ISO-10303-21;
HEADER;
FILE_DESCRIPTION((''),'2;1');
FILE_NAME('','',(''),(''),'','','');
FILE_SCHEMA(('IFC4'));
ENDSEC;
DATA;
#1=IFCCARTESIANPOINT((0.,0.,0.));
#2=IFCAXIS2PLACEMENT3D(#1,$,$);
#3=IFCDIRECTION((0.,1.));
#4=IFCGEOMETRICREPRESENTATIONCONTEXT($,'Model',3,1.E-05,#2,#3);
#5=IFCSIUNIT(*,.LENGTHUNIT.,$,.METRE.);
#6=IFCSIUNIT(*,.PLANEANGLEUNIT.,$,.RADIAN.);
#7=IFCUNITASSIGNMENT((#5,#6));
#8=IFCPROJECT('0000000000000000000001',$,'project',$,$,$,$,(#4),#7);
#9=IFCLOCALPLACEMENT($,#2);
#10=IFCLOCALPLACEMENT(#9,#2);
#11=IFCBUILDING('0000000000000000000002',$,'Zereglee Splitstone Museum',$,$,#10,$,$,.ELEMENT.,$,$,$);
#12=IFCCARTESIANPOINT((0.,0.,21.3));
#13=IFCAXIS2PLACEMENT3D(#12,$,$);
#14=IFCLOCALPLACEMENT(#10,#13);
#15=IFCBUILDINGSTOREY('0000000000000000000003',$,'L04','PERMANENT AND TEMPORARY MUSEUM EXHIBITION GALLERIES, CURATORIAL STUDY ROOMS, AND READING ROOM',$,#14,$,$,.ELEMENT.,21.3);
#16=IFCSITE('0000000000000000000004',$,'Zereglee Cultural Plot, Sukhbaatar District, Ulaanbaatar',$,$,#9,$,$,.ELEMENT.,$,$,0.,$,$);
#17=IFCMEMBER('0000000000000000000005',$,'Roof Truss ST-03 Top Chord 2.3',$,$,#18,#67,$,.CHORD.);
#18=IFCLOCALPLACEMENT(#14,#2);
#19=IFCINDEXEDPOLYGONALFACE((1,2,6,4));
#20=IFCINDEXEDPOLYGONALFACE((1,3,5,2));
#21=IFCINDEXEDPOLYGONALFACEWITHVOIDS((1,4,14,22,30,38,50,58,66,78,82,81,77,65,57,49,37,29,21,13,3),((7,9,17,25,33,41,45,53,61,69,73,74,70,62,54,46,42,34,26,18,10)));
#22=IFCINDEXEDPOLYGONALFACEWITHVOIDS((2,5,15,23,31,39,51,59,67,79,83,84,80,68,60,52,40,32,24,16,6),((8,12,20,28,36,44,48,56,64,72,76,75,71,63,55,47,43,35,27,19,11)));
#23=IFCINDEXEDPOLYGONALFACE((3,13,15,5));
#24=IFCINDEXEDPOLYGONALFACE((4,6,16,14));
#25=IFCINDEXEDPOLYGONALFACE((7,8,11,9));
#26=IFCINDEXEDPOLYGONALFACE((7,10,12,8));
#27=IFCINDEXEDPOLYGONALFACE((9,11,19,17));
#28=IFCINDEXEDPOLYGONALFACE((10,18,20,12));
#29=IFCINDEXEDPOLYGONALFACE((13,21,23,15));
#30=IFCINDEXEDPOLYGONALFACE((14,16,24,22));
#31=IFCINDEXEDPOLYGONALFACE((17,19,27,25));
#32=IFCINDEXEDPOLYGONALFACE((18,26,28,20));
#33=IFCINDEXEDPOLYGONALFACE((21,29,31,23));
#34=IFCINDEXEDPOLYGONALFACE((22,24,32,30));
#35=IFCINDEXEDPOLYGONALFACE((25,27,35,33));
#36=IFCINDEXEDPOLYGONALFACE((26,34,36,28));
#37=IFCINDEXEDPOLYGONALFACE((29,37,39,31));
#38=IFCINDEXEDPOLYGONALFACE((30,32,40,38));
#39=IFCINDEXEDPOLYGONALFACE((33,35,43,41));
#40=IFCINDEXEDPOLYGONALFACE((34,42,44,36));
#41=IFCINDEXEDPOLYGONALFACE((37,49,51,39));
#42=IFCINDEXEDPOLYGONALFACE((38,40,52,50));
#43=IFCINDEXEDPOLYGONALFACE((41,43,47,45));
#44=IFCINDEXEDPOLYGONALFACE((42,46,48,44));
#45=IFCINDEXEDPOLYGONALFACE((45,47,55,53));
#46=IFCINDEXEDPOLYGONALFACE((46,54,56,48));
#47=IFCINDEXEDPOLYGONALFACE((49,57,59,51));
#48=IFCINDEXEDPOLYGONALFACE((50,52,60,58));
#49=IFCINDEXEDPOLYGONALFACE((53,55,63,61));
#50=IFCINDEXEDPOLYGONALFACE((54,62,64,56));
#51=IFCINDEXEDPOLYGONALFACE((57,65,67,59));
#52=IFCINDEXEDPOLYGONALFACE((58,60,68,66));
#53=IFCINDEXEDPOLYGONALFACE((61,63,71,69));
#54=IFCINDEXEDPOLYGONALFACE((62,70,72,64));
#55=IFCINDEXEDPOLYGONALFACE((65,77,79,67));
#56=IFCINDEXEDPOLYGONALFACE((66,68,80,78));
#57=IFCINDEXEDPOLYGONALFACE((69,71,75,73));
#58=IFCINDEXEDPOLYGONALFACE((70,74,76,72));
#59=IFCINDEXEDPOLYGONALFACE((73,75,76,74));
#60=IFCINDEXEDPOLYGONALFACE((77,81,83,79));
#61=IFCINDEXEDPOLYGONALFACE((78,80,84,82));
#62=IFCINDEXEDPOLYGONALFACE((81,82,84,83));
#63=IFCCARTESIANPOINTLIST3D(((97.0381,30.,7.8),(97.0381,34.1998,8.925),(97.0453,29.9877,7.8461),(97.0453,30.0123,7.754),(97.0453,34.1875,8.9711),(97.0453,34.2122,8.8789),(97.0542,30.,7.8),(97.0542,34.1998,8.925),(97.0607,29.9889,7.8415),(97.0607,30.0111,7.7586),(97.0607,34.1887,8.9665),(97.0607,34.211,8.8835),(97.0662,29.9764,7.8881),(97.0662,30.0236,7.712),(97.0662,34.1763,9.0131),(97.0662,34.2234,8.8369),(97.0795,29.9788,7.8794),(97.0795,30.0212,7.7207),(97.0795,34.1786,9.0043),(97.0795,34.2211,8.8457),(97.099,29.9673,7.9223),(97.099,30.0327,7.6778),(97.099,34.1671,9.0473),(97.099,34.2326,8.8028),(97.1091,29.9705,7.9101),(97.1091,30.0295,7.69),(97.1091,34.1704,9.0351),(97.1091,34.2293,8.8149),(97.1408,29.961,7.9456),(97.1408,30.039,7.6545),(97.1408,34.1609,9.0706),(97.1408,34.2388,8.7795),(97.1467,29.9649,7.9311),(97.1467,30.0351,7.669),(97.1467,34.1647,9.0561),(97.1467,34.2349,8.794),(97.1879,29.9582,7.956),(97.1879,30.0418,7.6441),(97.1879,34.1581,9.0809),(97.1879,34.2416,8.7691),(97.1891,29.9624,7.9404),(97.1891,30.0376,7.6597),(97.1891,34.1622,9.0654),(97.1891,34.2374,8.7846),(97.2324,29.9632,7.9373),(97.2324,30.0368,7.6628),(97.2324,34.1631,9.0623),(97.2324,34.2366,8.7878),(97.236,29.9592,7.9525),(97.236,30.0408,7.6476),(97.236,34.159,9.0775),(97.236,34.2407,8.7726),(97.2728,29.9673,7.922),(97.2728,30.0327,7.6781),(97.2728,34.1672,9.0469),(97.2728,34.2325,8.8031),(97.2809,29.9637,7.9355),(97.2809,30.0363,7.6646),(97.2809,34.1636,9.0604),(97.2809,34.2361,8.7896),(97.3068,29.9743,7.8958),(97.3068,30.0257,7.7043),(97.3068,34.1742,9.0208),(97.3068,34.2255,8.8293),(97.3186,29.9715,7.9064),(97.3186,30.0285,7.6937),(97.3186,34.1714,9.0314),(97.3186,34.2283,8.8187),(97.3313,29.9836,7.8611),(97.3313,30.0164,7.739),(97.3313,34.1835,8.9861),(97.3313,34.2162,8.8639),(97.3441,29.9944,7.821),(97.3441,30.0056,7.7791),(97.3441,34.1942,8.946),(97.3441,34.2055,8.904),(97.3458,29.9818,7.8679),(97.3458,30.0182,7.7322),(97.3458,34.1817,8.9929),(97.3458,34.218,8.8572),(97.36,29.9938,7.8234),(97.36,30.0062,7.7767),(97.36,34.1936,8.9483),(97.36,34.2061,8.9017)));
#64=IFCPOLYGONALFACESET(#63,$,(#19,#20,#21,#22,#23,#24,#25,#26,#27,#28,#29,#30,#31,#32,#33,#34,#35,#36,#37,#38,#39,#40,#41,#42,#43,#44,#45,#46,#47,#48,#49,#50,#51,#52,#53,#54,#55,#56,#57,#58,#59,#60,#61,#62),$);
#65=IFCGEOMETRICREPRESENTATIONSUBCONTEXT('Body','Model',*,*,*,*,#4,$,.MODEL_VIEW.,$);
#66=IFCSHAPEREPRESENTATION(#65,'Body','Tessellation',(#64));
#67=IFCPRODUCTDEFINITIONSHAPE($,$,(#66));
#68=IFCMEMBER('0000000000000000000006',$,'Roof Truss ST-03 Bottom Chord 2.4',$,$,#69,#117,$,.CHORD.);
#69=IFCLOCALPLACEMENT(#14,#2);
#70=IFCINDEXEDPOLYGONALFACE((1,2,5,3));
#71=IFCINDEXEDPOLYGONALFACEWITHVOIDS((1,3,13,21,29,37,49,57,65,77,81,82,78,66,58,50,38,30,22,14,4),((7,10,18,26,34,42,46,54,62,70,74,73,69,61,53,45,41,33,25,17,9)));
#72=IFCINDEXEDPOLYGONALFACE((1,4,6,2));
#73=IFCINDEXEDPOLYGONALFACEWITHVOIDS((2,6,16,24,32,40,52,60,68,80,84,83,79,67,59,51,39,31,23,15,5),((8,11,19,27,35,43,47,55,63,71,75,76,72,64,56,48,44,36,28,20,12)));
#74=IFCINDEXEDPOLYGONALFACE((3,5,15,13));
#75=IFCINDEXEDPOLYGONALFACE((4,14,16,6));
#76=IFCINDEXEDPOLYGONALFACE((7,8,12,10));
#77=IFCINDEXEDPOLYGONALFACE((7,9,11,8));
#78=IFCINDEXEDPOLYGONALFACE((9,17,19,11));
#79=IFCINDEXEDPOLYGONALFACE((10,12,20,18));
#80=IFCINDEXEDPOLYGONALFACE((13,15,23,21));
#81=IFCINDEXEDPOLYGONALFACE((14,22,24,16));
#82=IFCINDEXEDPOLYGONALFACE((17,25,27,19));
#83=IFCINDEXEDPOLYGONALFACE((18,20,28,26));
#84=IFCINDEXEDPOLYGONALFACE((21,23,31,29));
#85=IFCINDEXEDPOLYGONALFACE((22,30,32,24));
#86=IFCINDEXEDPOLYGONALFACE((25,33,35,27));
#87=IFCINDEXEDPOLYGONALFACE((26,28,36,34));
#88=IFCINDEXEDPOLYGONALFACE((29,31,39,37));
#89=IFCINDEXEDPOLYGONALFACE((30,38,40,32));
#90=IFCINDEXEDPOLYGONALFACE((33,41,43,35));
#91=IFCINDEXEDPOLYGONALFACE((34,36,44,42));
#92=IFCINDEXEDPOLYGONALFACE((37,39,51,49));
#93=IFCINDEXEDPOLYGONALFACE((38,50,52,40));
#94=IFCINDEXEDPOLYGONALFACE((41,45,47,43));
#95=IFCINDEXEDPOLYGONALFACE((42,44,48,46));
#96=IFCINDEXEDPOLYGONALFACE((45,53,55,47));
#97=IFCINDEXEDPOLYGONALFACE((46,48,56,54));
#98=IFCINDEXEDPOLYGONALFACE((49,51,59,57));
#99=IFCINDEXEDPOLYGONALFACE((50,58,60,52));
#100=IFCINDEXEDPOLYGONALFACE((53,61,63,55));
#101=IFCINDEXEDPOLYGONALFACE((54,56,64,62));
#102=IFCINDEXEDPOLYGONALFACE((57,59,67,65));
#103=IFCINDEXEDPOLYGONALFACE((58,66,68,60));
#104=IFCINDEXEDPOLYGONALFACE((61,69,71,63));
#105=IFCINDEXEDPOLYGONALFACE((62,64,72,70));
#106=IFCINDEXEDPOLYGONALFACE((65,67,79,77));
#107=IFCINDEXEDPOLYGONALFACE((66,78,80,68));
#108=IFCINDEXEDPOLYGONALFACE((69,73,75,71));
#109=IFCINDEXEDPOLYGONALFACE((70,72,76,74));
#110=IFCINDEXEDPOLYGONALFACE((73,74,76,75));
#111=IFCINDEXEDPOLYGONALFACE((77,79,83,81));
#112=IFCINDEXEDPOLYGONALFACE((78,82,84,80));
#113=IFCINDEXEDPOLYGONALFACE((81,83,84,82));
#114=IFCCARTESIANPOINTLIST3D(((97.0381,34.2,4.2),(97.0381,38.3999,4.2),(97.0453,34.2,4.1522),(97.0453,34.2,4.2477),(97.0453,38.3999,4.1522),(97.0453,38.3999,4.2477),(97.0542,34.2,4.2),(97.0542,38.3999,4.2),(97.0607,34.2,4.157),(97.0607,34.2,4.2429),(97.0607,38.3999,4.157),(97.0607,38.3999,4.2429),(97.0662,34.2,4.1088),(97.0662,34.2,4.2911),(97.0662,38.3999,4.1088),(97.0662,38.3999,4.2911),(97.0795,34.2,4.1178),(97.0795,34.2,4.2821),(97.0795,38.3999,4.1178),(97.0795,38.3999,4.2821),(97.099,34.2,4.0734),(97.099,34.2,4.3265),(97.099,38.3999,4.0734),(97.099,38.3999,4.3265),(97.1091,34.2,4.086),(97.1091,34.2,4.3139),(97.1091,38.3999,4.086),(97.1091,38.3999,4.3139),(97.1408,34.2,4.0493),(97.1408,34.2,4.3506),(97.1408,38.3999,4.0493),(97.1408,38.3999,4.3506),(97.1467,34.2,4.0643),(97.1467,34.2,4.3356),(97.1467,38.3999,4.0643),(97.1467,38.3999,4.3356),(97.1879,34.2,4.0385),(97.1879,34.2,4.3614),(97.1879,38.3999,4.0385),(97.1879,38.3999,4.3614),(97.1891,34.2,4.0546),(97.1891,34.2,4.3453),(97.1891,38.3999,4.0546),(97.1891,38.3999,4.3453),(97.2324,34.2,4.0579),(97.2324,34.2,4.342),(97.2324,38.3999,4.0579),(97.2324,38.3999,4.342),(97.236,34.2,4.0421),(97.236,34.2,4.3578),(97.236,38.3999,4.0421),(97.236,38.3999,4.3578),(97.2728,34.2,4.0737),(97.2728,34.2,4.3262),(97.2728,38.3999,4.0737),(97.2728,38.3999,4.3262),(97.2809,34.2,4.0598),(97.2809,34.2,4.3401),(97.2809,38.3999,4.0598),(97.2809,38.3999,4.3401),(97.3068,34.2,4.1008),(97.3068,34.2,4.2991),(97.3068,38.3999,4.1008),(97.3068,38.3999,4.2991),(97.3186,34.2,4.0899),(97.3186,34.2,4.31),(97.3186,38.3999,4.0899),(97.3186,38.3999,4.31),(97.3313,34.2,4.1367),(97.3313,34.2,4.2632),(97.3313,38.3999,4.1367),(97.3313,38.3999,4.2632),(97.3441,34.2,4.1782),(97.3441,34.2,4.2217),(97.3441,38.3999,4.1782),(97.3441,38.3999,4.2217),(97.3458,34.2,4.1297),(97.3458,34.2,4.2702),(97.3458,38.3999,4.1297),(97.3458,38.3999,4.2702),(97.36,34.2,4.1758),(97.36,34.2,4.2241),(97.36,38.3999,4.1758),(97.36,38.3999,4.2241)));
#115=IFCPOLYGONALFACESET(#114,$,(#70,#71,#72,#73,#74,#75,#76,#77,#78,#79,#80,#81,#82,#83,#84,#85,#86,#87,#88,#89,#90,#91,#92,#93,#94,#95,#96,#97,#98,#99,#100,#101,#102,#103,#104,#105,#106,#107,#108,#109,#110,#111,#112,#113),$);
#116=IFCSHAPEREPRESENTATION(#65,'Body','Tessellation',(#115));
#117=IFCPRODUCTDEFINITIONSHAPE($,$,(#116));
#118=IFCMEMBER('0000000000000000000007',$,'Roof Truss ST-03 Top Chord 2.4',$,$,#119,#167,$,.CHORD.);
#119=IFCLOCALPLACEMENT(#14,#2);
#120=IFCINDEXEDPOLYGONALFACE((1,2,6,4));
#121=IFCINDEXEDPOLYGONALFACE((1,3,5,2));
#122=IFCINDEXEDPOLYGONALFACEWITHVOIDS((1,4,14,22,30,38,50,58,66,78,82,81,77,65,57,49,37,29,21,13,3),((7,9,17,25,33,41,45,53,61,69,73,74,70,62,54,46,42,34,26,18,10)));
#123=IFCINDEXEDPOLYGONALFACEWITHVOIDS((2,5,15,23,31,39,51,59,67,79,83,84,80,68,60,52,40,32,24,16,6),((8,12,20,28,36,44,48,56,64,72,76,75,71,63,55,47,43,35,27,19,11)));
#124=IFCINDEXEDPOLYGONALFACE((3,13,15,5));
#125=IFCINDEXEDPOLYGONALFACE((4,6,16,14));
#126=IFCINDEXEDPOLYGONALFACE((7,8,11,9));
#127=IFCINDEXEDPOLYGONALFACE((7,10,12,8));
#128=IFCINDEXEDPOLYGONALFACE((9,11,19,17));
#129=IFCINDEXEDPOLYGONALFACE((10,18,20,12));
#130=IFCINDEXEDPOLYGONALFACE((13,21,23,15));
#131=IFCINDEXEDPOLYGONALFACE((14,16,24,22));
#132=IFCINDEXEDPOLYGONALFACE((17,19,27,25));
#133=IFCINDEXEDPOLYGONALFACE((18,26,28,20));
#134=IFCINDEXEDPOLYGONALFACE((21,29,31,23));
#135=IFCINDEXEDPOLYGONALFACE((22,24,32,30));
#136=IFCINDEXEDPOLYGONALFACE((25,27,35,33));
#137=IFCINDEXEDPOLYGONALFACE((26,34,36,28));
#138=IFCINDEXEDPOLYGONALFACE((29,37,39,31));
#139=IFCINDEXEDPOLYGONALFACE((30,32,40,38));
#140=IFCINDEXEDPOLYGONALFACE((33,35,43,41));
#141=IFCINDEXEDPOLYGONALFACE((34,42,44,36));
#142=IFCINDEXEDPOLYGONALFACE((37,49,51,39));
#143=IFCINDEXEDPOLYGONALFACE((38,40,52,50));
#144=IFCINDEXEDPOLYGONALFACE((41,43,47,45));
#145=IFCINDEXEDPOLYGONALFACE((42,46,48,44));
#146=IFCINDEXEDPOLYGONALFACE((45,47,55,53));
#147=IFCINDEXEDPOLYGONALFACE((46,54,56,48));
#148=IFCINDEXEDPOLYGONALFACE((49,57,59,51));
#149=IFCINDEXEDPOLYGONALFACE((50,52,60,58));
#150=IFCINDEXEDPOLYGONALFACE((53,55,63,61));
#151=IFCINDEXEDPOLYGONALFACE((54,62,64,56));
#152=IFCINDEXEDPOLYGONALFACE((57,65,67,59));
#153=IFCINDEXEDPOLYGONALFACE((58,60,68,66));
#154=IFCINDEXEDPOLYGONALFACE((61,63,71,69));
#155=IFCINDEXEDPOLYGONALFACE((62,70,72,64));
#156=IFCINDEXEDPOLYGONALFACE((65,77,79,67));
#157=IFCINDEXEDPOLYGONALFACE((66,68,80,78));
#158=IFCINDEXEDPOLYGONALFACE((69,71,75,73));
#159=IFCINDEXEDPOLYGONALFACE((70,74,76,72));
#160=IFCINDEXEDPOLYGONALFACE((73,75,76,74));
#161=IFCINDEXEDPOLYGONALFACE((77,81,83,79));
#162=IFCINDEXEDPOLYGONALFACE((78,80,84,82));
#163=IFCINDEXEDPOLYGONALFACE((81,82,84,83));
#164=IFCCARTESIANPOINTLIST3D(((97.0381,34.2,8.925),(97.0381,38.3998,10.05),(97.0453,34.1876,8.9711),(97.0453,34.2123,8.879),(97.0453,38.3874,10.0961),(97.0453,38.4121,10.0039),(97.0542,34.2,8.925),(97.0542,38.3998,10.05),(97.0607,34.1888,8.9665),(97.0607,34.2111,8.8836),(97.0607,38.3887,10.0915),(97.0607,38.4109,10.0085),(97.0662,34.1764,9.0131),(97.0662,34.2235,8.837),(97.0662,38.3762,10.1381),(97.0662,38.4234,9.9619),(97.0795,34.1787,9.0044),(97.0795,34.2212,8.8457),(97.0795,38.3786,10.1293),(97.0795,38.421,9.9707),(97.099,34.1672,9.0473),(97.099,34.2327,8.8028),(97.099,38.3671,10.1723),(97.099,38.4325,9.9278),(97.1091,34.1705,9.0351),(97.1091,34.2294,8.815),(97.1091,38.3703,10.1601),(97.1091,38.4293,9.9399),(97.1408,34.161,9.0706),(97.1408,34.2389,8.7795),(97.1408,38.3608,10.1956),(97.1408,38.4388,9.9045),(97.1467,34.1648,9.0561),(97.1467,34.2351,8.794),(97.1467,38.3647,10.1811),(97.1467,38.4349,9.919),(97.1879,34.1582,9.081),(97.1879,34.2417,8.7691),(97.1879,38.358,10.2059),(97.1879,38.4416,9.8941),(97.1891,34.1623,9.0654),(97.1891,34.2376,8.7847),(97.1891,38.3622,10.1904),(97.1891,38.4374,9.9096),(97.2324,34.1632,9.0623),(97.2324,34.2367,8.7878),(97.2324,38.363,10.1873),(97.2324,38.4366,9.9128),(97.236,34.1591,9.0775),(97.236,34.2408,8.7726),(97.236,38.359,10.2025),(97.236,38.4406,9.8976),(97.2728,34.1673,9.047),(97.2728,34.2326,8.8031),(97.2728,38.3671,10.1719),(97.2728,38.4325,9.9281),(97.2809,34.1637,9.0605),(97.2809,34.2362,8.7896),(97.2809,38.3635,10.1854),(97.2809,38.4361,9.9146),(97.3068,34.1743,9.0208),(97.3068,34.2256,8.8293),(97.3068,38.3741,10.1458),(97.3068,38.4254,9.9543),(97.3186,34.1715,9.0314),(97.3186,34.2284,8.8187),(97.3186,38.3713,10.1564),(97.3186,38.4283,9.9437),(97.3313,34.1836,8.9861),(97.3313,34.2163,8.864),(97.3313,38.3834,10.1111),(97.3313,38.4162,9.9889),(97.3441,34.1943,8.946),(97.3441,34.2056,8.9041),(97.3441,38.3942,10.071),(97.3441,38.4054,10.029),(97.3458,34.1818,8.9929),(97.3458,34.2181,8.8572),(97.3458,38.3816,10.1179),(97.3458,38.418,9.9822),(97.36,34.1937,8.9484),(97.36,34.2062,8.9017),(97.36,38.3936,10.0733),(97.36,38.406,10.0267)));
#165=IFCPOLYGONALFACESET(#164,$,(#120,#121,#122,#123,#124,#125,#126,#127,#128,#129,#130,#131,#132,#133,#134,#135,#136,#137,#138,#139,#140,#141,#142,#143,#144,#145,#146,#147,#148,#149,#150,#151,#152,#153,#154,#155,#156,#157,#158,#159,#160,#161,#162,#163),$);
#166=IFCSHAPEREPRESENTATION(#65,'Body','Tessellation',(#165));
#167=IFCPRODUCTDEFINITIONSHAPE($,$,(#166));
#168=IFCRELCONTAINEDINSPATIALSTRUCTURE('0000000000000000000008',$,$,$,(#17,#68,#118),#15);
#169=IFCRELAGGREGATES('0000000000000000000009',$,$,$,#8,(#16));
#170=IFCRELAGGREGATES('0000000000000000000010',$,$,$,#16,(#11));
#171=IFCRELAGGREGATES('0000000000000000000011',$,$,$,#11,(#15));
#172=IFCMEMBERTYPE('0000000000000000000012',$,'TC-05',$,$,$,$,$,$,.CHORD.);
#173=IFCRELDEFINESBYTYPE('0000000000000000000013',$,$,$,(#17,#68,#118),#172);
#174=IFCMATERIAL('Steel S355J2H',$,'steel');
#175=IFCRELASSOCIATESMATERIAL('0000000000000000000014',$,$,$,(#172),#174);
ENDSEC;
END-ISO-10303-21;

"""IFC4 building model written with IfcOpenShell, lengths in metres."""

from ifc_helpers import new_model, si_unit, direction, frame, origin, origin_2d, place, context, subcontext, project, spatial, hollow_circle, extrude, material, material_profile, profile_set, type_object, element, save


model = new_model("IFC4")

# Units and contexts
model_context = context("Model", 3, precision=1e-05, world=origin(), true_north=direction((0.0, 1.0)))
body_context = subcontext(model_context, "Body", "Model", "MODEL_VIEW")
ifc_project = project(units=[si_unit("LENGTHUNIT", "METRE"), si_unit("PLANEANGLEUNIT", "RADIAN")], contexts=[model_context])

# Site, building, storey
site_placement = place(None, origin())
site = spatial("IfcSite", under=ifc_project, at=site_placement, Name="Zereglee Cultural Plot, Sukhbaatar District, Ulaanbaatar", CompositionType="ELEMENT", RefElevation=0.0)
building_placement = place(site_placement, origin())
building = spatial("IfcBuilding", under=site, at=building_placement, Name="Zereglee Splitstone Museum", CompositionType="ELEMENT")
storey_placement = place(building_placement, frame((0.0, 0.0, 21.3)))
storey = spatial("IfcBuildingStorey", under=building, at=storey_placement, Name="L04", Description="PERMANENT AND TEMPORARY MUSEUM EXHIBITION GALLERIES, CURATORIAL STUDY ROOMS, AND READING ROOM", CompositionType="ELEMENT", Elevation=21.3)

# Shared definitions
ifc_material_1 = material(Name="Steel S355J2H", Category="steel")

# Members
ifc_material_profile_1 = material_profile(ifc_material_1, hollow_circle(Radius=0.1619, WallThickness=0.0161, at=origin_2d()), Name="CHS 323.9x16")
ifc_profile_set_1 = profile_set([ifc_material_profile_1], Name="Steel S355J2H")
member_type_1 = type_object("IfcMemberType", Name="TC-05", PredefinedType="CHORD", material=ifc_profile_set_1)
member_1_placement = place(storey_placement, frame((97.2, 30.0, 7.8), z_axis=(0.0, 0.965947, 0.258739), x_axis=(-1.0, 0.0, 0.0)))
element("IfcMember", 1, at=member_1_placement, inside=storey, type_object=member_type_1, Name="Roof Truss ST-03 Top Chord 2.3", PredefinedType="CHORD", context=body_context, shape_type="SweptSolid", body=[
    extrude(hollow_circle(Radius=0.1619, WallThickness=0.0161, at=origin_2d()), origin(), (0.0, 0.0, 1.0), 4.3479),
])
member_2_placement = place(storey_placement, frame((97.2, 34.2, 4.2), z_axis=(0.0, 1.0, 0.0), x_axis=(-1.0, 0.0, 0.0)))
element("IfcMember", 2, at=member_2_placement, inside=storey, type_object=member_type_1, Name="Roof Truss ST-03 Bottom Chord 2.4", PredefinedType="CHORD", context=body_context, shape_type="SweptSolid", body=[
    extrude(hollow_circle(Radius=0.1619, WallThickness=0.0161, at=origin_2d()), origin(), (0.0, 0.0, 1.0), 4.2),
])
member_3_placement = place(storey_placement, frame((97.2, 34.2, 8.925), z_axis=(0.0, 0.965947, 0.258739), x_axis=(-1.0, 0.0, 0.0)))
element("IfcMember", 3, at=member_3_placement, inside=storey, type_object=member_type_1, Name="Roof Truss ST-03 Top Chord 2.4", PredefinedType="CHORD", context=body_context, shape_type="SweptSolid", body=[
    extrude(hollow_circle(Radius=0.1619, WallThickness=0.0161, at=origin_2d()), origin(), (0.0, 0.0, 1.0), 4.3479),
])

save(model, "model.ifc")
